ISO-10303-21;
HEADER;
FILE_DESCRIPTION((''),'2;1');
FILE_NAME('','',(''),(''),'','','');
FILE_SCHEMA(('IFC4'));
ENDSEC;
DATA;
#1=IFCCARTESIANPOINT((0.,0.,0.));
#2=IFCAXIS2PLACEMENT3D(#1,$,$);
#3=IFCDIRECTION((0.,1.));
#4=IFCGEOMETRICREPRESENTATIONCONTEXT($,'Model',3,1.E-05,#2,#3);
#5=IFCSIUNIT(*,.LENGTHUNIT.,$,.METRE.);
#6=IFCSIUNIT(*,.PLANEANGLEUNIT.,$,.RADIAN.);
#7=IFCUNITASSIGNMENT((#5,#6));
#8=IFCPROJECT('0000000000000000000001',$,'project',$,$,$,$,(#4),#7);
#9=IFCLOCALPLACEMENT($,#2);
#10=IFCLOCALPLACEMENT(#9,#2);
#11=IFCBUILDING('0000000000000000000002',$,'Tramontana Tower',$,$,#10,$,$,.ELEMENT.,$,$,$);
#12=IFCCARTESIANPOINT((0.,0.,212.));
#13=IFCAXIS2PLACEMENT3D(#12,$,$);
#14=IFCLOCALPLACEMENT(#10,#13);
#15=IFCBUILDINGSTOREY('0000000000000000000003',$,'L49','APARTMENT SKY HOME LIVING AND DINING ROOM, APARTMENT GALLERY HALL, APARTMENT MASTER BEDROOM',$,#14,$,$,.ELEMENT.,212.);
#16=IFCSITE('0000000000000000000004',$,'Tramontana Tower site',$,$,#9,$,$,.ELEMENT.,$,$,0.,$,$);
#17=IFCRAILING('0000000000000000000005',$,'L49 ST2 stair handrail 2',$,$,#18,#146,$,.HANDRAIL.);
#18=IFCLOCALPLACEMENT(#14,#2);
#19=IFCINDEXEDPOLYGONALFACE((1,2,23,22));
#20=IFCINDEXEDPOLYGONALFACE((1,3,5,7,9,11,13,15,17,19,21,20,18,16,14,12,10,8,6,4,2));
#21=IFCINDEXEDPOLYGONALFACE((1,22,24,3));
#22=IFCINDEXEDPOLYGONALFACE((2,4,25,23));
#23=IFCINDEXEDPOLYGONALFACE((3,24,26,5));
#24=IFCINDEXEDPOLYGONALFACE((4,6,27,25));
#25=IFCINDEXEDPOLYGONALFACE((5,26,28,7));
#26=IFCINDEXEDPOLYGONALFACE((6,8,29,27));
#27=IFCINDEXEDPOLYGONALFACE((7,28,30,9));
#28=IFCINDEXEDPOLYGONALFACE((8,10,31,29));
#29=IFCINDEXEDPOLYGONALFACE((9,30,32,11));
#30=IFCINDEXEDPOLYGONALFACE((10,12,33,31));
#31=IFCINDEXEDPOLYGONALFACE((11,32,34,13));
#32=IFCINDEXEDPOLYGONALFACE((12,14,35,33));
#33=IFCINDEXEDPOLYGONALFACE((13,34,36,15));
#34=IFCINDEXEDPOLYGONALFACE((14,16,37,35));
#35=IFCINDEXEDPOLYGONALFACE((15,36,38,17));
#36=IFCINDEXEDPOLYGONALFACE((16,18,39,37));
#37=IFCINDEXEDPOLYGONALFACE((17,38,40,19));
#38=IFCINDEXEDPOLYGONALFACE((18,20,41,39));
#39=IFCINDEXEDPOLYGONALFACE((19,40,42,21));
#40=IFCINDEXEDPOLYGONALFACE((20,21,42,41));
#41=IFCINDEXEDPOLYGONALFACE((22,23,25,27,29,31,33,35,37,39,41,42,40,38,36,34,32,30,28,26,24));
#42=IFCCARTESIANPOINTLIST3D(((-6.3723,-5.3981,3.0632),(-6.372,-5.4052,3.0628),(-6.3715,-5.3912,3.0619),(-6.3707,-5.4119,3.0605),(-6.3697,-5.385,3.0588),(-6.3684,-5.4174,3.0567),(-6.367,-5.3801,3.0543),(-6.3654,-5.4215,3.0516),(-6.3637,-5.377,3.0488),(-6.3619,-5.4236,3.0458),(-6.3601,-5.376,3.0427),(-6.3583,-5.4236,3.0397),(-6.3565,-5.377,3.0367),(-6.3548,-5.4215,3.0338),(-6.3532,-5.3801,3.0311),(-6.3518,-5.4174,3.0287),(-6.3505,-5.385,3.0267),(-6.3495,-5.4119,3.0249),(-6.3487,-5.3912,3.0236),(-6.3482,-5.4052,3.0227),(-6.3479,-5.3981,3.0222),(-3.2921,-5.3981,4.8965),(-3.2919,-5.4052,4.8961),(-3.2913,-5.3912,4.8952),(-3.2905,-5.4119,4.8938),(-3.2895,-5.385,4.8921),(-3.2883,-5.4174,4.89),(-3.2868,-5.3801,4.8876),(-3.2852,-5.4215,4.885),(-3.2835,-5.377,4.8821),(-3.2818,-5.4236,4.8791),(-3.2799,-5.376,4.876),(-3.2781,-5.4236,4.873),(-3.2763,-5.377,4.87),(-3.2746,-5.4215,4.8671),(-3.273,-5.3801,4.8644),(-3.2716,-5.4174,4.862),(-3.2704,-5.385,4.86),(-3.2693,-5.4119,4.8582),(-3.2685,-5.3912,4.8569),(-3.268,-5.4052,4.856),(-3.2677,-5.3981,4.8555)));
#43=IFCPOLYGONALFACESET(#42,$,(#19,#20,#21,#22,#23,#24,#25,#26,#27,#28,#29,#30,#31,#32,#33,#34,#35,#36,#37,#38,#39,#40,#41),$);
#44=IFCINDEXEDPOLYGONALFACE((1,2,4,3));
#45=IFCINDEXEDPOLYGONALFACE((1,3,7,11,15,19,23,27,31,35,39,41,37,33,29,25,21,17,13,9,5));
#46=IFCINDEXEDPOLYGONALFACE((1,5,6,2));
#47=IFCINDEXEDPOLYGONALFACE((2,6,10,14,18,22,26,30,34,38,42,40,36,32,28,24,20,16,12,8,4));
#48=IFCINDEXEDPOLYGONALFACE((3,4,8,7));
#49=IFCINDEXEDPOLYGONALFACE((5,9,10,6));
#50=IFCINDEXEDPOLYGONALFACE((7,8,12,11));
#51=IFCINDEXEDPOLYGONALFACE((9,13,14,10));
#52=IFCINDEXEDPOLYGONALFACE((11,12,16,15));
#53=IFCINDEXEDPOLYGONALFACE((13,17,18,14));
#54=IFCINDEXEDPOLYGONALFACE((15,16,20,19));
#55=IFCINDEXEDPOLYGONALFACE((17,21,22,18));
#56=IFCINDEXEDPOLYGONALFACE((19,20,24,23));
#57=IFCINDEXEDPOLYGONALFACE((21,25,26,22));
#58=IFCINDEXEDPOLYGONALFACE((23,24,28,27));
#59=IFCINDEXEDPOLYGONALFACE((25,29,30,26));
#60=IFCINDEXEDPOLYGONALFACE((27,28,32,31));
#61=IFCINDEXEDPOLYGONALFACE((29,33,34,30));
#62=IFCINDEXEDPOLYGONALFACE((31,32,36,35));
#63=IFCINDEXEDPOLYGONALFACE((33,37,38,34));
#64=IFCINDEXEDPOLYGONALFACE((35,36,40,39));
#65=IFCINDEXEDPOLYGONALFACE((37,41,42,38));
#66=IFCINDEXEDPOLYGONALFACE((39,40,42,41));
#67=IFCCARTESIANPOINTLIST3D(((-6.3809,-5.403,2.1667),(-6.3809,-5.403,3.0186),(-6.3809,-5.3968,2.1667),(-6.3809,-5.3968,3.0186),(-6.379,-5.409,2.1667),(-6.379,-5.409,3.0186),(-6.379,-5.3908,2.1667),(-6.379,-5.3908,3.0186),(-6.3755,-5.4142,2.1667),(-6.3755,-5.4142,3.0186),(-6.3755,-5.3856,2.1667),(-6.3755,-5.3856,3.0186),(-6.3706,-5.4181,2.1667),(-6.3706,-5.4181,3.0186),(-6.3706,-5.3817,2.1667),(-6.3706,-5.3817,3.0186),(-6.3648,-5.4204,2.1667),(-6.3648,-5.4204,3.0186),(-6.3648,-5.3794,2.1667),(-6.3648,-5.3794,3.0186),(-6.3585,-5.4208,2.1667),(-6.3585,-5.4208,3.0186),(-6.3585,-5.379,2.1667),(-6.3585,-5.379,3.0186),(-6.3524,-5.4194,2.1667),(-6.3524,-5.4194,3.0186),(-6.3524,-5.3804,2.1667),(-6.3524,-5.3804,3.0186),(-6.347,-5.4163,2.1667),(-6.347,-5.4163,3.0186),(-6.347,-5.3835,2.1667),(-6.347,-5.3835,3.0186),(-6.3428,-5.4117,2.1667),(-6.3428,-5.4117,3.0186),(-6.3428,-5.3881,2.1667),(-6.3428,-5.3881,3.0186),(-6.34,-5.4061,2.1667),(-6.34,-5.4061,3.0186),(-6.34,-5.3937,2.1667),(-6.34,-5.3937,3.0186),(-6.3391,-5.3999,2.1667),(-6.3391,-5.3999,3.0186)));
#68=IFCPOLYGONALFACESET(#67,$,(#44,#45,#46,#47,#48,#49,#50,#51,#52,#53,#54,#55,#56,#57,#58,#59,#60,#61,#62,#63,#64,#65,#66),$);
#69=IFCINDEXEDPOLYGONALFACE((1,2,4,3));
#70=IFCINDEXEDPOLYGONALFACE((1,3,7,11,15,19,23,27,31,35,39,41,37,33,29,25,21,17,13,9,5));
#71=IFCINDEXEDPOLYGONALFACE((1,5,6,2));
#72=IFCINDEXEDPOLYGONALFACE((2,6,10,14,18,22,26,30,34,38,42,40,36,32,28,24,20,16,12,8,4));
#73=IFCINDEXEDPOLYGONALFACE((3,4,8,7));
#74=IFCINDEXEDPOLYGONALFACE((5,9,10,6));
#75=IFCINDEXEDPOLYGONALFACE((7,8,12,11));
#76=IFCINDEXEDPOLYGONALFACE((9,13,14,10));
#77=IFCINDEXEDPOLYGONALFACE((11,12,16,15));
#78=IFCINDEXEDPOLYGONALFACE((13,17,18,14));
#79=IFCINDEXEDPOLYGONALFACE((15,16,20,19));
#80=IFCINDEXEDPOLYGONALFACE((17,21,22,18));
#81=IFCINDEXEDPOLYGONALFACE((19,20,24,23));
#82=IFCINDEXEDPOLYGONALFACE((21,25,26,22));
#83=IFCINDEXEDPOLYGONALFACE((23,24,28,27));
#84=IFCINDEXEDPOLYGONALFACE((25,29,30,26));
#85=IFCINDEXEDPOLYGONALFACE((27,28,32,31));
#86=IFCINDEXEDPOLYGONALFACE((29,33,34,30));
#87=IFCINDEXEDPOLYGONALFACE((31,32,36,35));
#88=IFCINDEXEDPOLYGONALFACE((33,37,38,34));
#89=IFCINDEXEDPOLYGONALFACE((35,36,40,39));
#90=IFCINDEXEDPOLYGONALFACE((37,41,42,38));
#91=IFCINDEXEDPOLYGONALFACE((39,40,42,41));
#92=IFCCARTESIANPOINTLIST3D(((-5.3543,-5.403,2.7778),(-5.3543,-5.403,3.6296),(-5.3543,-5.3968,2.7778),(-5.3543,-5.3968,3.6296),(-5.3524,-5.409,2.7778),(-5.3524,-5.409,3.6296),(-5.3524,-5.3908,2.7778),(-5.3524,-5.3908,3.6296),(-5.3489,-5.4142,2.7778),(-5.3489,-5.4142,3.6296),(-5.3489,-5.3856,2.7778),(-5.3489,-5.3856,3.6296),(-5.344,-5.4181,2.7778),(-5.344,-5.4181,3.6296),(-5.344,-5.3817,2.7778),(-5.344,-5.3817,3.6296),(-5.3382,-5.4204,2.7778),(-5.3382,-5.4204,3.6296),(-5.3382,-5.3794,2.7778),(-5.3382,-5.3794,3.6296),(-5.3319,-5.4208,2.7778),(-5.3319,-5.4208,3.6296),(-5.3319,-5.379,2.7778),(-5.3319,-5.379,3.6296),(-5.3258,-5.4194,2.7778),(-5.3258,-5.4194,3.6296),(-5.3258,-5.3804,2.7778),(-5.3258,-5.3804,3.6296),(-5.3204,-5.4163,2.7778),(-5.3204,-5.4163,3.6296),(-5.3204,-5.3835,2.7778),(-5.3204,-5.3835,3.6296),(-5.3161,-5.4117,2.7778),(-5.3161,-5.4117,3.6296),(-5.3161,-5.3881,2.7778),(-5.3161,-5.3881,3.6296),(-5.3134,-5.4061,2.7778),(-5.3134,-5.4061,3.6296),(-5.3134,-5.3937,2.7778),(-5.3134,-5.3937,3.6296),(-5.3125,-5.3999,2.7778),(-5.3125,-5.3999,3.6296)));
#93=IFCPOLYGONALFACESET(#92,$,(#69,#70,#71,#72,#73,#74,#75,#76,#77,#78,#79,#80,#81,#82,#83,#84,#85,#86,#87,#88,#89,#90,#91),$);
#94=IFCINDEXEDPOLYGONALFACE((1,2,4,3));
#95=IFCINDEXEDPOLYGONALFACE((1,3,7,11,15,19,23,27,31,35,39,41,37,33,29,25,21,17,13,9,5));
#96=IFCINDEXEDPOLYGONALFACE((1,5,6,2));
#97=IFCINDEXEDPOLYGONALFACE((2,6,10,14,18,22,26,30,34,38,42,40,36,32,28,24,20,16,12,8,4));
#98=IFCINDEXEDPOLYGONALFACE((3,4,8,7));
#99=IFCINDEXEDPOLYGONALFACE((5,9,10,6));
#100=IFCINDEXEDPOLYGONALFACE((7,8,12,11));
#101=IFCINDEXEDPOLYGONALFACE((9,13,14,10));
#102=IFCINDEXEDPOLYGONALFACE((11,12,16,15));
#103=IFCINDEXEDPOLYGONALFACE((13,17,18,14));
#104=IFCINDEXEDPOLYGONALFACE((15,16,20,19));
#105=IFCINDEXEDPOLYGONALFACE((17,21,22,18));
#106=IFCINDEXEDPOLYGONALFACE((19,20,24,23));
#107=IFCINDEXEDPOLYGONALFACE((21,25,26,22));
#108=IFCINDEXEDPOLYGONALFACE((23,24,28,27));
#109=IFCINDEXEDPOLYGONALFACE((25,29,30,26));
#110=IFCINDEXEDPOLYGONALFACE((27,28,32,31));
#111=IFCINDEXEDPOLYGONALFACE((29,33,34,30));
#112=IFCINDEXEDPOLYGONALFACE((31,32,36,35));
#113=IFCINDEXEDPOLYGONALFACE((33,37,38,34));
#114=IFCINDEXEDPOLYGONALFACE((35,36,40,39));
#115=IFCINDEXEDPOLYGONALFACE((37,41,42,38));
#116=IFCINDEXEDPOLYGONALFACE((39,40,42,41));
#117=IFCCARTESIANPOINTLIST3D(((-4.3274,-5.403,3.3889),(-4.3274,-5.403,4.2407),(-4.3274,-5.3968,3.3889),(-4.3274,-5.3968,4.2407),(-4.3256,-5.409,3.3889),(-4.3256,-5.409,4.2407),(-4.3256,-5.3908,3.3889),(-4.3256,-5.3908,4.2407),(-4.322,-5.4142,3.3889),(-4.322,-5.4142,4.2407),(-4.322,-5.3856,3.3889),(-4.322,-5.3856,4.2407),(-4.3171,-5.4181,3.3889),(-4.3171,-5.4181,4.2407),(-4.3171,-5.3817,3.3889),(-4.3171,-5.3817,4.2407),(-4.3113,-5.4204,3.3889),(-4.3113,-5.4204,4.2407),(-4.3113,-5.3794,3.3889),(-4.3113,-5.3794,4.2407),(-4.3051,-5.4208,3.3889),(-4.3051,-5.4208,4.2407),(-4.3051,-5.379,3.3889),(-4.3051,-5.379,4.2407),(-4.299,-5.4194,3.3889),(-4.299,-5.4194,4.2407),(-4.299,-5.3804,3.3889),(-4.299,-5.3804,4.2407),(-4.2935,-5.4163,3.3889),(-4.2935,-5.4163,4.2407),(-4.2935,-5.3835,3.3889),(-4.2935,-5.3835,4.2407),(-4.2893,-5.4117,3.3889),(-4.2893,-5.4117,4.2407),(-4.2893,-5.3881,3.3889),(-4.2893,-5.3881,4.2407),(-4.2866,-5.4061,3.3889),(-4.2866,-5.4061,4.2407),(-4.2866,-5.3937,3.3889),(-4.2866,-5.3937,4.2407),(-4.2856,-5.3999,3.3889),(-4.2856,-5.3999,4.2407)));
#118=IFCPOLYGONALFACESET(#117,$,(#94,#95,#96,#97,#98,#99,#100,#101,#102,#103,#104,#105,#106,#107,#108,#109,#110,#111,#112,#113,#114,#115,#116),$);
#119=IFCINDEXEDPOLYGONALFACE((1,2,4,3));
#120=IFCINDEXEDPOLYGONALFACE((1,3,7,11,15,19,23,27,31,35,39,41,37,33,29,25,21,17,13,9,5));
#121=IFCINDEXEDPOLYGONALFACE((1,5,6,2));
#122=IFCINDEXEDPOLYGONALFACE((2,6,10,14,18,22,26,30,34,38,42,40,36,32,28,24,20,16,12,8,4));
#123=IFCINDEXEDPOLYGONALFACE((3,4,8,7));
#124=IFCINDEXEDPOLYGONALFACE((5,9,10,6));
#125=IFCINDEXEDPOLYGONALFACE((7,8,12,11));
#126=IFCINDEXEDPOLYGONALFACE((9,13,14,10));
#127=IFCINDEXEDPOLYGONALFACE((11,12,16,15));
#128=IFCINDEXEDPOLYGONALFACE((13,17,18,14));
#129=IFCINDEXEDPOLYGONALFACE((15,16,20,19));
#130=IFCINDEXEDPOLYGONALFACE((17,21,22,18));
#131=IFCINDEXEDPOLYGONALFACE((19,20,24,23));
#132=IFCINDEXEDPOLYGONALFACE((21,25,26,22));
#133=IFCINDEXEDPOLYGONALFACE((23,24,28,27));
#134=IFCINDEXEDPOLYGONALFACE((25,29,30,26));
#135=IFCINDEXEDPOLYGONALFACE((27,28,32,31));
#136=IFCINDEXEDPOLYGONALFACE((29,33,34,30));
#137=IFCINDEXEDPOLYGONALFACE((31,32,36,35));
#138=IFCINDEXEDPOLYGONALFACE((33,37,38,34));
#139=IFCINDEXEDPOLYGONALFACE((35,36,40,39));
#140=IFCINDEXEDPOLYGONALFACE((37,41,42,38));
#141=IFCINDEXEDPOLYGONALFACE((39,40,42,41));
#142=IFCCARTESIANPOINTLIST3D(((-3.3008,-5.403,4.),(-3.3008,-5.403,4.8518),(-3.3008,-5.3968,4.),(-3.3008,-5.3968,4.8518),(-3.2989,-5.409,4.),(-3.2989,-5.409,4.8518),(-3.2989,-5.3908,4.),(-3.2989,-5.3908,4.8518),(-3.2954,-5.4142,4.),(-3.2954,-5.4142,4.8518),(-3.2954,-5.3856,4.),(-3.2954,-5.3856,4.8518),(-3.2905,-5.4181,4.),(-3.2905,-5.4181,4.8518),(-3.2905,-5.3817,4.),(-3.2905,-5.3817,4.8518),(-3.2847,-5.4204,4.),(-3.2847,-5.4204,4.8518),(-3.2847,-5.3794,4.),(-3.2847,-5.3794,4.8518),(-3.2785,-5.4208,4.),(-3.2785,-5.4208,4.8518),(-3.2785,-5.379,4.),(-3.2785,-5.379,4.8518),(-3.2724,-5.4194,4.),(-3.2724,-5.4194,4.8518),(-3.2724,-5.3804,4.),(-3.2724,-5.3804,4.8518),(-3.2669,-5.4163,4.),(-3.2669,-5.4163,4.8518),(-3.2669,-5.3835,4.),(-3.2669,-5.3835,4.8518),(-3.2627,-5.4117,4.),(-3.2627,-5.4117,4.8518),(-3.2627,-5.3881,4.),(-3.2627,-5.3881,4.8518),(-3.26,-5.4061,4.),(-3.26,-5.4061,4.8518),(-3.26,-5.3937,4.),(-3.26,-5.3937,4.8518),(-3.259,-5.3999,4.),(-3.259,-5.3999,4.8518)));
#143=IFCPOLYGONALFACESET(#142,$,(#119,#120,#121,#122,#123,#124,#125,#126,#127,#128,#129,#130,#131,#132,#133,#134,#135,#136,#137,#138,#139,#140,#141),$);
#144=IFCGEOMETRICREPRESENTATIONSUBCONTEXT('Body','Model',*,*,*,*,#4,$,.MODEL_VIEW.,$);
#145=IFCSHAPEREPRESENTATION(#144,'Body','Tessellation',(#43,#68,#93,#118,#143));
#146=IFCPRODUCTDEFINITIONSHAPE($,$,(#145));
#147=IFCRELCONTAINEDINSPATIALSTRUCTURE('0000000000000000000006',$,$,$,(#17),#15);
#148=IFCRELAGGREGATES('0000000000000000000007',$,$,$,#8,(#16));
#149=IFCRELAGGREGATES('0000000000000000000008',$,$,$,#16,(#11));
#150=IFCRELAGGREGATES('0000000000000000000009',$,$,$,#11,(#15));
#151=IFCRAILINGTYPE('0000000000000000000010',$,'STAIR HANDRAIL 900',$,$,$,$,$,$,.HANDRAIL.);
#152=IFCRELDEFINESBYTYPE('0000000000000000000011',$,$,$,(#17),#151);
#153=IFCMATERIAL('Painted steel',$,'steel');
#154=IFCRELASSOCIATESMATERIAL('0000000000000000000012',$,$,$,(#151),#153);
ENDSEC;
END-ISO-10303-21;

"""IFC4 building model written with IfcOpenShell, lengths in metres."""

from ifc_helpers import new_model, si_unit, direction, frame, origin, origin_2d, place, context, subcontext, project, spatial, circle, extrude, material, type_object, element, save


model = new_model("IFC4")

# Units and contexts
model_context = context("Model", 3, precision=1e-05, world=origin(), true_north=direction((0.0, 1.0)))
body_context = subcontext(model_context, "Body", "Model", "MODEL_VIEW")
ifc_project = project(units=[si_unit("LENGTHUNIT", "METRE"), si_unit("PLANEANGLEUNIT", "RADIAN")], contexts=[model_context])

# Site, building, storey
site_placement = place(None, origin())
site = spatial("IfcSite", under=ifc_project, at=site_placement, Name="Tramontana Tower site", CompositionType="ELEMENT", RefElevation=0.0)
building_placement = place(site_placement, origin())
building = spatial("IfcBuilding", under=site, at=building_placement, Name="Tramontana Tower", CompositionType="ELEMENT")
storey_placement = place(building_placement, frame((0.0, 0.0, 212.0)))
storey = spatial("IfcBuildingStorey", under=building, at=storey_placement, Name="L49", Description="APARTMENT SKY HOME LIVING AND DINING ROOM, APARTMENT GALLERY HALL, APARTMENT MASTER BEDROOM", CompositionType="ELEMENT", Elevation=212.0)

# Railing
ifc_material_1 = material(Name="Painted steel", Category="steel")
railing_type_1 = type_object("IfcRailingType", Name="STAIR HANDRAIL 900", PredefinedType="HANDRAIL", material=ifc_material_1)
railing_1_placement = place(storey_placement, frame((-6.3601, -5.3999, 2.1667)))
element("IfcRailing", 1, at=railing_1_placement, inside=storey, type_object=railing_type_1, Name="L49 ST2 stair handrail 2", PredefinedType="HANDRAIL", context=body_context, shape_type="SweptSolid", body=[
    extrude(circle(Radius=0.0239, at=origin_2d()), frame((0.0, 0.0, 0.876), z_axis=(0.859309, 0.0, 0.511458), x_axis=(0.0, 1.0, 0.0)), (0.0, 0.0, 1.0), 3.5845),
    extrude(circle(Radius=0.021, at=origin_2d()), origin(), (0.0, 0.0, 1.0), 0.8518),
    extrude(circle(Radius=0.021, at=origin_2d()), frame((1.0266, 0.0, 0.6111)), (0.0, 0.0, 1.0), 0.8518),
    extrude(circle(Radius=0.021, at=origin_2d()), frame((2.0535, 0.0, 1.2222)), (0.0, 0.0, 1.0), 0.8518),
    extrude(circle(Radius=0.021, at=origin_2d()), frame((3.0801, 0.0, 1.8333)), (0.0, 0.0, 1.0), 0.8518),
])

save(model, "model.ifc")
